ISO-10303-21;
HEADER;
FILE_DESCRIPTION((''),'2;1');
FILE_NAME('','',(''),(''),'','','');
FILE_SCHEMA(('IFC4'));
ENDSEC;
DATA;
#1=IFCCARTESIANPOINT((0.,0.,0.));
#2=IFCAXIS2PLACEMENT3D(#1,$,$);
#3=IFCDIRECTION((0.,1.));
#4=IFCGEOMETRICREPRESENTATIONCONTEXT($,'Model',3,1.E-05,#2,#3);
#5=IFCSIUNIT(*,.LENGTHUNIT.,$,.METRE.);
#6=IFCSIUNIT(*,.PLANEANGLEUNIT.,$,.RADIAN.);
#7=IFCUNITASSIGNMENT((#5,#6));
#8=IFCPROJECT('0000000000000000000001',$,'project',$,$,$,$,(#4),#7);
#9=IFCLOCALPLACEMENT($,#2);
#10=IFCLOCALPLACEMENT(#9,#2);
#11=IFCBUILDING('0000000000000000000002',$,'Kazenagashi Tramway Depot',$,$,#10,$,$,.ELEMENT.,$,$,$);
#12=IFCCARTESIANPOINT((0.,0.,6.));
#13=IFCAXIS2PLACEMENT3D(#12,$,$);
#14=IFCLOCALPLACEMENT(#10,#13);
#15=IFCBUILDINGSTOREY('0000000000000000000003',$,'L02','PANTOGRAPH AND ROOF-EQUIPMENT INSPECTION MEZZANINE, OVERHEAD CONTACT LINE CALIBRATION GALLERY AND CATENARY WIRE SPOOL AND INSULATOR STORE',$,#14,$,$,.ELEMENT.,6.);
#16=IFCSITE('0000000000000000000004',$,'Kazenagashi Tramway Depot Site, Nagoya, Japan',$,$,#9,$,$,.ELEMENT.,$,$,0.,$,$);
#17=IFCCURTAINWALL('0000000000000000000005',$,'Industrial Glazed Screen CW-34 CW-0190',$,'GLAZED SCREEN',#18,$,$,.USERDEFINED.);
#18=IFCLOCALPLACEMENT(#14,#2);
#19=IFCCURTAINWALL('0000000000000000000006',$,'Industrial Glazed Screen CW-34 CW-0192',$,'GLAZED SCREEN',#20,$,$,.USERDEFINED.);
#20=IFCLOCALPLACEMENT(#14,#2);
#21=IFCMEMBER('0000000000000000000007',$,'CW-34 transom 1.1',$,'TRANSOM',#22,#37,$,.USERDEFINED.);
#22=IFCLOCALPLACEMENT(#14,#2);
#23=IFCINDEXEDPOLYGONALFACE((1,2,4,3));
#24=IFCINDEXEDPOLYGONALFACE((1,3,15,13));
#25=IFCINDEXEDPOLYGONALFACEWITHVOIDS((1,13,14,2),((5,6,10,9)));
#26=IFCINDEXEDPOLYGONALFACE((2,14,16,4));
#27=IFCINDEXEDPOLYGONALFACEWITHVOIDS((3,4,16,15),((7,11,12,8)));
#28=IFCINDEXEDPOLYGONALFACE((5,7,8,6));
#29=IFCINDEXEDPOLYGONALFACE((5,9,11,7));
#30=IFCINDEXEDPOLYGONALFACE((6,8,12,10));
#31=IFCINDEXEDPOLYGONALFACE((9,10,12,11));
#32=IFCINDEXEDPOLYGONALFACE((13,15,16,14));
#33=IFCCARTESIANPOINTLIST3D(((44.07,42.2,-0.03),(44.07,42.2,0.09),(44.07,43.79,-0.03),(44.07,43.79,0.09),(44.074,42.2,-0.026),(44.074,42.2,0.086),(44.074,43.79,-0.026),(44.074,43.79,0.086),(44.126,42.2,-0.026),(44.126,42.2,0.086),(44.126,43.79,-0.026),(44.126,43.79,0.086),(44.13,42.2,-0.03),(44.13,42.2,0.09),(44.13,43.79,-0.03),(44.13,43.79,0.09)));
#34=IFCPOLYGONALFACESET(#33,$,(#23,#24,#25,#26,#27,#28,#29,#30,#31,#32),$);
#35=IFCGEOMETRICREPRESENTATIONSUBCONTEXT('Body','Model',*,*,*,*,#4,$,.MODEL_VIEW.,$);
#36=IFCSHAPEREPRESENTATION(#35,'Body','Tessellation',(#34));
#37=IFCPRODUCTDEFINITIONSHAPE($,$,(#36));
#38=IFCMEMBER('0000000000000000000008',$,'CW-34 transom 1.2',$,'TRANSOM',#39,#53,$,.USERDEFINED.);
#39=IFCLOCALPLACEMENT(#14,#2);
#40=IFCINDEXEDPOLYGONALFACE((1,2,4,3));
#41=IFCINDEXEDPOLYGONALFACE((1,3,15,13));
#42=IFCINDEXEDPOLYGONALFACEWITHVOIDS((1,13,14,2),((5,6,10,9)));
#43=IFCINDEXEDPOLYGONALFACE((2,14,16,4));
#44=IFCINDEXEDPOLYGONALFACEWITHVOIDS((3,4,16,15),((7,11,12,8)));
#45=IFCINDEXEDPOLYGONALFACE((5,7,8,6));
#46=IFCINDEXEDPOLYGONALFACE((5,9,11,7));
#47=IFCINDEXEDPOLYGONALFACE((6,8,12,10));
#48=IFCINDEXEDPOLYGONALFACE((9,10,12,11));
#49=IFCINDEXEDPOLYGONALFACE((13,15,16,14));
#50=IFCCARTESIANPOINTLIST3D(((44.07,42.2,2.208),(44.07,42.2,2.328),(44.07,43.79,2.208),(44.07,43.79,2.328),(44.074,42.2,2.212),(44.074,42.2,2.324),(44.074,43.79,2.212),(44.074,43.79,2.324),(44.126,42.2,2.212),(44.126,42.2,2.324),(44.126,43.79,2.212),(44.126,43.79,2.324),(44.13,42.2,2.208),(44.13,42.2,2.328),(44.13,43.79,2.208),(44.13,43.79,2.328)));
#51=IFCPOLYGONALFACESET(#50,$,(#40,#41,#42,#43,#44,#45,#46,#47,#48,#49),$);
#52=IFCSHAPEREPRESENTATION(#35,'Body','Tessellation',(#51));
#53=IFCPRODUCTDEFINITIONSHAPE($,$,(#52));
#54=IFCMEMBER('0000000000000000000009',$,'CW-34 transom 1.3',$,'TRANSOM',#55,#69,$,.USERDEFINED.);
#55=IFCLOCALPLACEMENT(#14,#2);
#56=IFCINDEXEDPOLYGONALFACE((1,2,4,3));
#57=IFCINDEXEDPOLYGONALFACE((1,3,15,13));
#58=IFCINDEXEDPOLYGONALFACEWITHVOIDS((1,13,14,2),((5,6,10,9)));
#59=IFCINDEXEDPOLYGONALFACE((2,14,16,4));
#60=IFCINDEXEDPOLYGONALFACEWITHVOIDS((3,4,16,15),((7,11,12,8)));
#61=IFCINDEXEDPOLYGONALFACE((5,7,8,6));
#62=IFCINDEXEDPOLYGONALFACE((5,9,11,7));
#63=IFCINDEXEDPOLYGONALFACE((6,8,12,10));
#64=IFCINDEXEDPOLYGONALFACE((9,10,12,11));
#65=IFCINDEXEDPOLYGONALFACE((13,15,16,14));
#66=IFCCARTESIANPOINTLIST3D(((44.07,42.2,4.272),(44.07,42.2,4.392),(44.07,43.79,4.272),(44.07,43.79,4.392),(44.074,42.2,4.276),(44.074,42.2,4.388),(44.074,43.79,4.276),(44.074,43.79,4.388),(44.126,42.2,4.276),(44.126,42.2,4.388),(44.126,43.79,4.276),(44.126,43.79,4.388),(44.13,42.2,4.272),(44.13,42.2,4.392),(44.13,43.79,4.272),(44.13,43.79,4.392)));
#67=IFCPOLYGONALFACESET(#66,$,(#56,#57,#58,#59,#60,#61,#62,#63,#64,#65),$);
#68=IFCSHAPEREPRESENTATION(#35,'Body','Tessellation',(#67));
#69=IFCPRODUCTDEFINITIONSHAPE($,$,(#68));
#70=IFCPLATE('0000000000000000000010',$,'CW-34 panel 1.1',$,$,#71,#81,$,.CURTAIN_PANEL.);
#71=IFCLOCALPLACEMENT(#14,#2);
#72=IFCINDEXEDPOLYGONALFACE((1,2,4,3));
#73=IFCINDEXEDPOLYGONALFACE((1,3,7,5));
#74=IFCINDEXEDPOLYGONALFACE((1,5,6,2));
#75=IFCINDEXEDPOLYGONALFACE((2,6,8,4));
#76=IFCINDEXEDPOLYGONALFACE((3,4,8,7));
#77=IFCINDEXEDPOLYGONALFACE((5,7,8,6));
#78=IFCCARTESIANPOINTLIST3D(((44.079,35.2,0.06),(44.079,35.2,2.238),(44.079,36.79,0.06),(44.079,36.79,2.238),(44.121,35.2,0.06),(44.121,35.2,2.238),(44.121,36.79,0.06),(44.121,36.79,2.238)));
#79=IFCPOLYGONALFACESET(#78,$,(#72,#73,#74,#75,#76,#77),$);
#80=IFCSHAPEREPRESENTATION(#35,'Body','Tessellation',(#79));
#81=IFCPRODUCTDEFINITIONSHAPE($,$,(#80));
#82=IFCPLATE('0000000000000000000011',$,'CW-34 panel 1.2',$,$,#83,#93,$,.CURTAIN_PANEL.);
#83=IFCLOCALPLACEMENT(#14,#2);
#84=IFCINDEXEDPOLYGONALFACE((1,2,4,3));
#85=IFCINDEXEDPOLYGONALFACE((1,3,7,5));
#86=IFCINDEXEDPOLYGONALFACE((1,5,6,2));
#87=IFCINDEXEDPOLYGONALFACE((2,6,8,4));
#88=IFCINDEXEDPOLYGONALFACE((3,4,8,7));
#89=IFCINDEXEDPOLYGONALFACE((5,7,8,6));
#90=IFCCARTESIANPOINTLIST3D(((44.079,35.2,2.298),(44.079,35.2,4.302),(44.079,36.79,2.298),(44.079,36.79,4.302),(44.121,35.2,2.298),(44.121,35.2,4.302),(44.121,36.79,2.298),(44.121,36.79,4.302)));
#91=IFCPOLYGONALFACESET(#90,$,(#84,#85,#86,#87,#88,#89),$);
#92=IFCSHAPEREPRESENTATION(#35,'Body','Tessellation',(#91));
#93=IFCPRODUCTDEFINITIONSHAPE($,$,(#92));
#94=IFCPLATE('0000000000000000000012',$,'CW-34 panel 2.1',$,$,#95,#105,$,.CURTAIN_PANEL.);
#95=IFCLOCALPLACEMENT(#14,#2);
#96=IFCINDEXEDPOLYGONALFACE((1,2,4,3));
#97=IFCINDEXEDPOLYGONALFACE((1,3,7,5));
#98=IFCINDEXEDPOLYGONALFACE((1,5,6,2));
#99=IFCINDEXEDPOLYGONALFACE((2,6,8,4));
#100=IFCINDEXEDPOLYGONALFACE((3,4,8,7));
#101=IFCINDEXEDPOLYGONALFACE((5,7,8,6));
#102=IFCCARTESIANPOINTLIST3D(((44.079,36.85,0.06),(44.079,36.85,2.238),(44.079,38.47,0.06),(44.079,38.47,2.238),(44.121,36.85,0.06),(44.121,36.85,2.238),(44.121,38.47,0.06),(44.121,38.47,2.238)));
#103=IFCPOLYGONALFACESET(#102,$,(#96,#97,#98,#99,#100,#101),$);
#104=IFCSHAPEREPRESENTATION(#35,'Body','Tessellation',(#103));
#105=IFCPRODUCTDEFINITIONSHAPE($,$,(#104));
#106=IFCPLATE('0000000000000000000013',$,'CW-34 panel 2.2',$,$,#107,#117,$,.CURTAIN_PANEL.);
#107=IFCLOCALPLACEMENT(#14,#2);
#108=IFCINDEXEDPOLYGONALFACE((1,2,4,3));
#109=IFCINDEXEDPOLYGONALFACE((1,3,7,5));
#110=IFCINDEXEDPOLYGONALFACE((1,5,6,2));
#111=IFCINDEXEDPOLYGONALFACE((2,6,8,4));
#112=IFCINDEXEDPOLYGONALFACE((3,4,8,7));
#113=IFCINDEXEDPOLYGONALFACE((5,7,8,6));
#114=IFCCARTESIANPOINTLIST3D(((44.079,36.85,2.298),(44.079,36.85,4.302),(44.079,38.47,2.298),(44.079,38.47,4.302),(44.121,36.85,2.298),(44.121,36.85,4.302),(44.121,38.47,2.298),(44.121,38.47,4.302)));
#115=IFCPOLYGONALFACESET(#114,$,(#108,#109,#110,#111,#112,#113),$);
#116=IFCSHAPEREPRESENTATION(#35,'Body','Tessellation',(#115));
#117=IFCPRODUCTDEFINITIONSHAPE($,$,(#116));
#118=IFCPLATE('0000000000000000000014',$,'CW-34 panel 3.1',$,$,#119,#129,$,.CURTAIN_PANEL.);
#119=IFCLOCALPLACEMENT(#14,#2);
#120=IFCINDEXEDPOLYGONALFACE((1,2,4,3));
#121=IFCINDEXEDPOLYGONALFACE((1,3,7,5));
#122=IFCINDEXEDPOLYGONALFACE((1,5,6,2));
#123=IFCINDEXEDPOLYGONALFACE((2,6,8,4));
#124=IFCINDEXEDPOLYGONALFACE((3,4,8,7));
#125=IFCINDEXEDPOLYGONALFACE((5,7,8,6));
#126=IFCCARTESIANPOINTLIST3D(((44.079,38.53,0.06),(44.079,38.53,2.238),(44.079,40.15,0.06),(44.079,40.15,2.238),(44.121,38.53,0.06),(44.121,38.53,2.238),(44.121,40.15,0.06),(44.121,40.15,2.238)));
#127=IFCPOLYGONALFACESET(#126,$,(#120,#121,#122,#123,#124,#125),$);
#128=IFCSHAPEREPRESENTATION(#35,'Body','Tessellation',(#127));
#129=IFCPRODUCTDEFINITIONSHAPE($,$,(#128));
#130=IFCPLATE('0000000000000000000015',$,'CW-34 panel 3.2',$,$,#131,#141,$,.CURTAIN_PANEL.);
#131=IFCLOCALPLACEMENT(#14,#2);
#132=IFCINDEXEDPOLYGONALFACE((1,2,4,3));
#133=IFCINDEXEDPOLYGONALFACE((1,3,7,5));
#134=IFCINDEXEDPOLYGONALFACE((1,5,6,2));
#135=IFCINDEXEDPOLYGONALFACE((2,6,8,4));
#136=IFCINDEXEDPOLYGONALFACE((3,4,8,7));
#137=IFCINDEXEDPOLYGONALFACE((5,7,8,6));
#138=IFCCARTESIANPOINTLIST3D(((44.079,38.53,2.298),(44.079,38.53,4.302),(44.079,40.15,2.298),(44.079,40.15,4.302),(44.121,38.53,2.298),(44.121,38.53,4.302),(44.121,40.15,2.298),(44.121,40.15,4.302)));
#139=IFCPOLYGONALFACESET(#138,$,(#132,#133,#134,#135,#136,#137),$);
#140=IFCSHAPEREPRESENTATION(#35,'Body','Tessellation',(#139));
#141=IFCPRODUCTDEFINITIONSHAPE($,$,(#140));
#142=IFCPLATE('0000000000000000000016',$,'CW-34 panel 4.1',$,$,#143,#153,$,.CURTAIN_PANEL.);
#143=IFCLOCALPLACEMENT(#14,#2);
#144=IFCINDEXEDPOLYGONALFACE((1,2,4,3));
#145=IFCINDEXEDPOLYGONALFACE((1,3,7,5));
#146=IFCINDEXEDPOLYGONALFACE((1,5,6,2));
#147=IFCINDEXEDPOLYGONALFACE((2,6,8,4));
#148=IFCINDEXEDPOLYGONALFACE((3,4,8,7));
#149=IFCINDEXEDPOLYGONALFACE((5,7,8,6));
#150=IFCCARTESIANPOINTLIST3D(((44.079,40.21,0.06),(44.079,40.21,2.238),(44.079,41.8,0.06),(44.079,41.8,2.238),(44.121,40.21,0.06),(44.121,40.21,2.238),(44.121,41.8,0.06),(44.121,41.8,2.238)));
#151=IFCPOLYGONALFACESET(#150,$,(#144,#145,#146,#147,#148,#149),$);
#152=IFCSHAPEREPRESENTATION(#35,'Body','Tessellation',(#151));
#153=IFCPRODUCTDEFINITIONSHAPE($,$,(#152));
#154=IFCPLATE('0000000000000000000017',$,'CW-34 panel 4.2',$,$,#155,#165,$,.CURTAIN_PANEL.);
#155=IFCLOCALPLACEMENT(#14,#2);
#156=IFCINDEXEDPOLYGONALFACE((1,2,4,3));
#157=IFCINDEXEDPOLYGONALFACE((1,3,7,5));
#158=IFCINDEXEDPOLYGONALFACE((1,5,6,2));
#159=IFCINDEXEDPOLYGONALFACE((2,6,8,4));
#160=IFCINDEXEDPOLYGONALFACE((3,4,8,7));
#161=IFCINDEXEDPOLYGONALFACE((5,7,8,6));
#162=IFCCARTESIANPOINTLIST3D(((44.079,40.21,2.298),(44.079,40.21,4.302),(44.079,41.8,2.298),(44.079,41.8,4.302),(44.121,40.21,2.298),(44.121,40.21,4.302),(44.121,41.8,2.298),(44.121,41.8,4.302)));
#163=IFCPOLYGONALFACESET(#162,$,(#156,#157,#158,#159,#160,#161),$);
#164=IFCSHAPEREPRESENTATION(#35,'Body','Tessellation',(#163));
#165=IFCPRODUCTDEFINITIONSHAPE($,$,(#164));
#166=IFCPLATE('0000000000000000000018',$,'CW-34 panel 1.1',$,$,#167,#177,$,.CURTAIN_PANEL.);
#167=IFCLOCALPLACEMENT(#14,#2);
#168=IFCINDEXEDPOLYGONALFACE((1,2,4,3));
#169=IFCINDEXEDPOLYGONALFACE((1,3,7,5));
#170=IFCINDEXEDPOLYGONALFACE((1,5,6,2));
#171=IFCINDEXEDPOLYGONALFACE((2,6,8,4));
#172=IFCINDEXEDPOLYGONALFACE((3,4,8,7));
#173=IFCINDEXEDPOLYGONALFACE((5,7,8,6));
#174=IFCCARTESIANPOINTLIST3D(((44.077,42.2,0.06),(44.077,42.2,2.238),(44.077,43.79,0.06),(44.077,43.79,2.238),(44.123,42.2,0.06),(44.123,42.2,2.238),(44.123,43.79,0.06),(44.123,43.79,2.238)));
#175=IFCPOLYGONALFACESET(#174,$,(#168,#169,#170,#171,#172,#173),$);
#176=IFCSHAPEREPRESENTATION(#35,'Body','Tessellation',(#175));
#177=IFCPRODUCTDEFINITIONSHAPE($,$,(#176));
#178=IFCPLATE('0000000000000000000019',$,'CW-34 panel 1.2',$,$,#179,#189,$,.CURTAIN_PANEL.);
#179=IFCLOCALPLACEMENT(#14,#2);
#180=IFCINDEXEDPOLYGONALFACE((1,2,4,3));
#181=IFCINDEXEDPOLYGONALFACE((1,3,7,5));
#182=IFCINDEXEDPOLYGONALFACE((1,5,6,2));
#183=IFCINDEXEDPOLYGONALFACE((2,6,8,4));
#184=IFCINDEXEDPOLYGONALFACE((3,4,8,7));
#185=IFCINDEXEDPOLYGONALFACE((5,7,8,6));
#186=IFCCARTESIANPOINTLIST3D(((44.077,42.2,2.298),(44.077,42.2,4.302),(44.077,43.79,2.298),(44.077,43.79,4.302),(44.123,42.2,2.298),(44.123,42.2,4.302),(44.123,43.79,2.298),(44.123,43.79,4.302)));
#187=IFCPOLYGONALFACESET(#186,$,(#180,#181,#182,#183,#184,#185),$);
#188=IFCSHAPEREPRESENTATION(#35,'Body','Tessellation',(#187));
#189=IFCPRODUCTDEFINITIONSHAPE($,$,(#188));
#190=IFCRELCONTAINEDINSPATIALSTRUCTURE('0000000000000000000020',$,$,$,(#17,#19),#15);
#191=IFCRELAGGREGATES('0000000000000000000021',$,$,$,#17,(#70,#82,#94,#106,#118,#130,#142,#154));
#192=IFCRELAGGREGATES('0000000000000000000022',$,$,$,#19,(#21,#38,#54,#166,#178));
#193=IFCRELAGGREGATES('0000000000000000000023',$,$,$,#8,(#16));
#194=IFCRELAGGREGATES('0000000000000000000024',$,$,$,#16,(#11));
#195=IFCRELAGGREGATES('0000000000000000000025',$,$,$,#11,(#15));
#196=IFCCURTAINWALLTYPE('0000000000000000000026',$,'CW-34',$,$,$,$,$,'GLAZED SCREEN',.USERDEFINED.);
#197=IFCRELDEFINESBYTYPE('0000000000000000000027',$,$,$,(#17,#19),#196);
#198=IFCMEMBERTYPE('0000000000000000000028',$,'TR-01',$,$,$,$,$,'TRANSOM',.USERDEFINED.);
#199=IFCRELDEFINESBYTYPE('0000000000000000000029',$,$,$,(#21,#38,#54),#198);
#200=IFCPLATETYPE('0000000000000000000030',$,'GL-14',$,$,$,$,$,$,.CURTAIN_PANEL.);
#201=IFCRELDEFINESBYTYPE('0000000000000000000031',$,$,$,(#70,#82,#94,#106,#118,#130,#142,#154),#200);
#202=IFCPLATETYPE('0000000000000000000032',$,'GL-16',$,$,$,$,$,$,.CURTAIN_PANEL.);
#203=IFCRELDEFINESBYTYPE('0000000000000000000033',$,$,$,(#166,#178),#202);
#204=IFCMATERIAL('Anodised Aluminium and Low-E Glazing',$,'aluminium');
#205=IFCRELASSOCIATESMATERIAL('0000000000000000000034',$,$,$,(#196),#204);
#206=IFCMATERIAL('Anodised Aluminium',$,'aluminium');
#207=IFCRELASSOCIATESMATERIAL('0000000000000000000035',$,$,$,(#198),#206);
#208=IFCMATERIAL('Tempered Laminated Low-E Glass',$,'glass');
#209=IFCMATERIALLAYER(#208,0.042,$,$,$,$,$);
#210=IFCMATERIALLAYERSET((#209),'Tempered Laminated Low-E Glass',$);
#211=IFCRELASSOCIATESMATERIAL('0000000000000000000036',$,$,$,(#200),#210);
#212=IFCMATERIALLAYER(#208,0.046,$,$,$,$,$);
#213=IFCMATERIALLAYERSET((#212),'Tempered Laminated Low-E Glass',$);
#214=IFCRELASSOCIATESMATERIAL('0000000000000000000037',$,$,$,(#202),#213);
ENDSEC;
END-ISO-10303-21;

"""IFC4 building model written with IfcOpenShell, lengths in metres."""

from ifc_helpers import new_model, si_unit, direction, frame, origin, origin_2d, place, context, subcontext, project, spatial, rectangle, hollow_rectangle, extrude, material, layer, layer_set, material_profile, profile_set, type_object, element, aggregate, save


model = new_model("IFC4")

# Units and contexts
model_context = context("Model", 3, precision=1e-05, world=origin(), true_north=direction((0.0, 1.0)))
body_context = subcontext(model_context, "Body", "Model", "MODEL_VIEW")
ifc_project = project(units=[si_unit("LENGTHUNIT", "METRE"), si_unit("PLANEANGLEUNIT", "RADIAN")], contexts=[model_context])

# Site, building, storey
site_placement = place(None, origin())
site = spatial("IfcSite", under=ifc_project, at=site_placement, Name="Kazenagashi Tramway Depot Site, Nagoya, Japan", CompositionType="ELEMENT", RefElevation=0.0)
building_placement = place(site_placement, origin())
building = spatial("IfcBuilding", under=site, at=building_placement, Name="Kazenagashi Tramway Depot", CompositionType="ELEMENT")
storey_placement = place(building_placement, frame((0.0, 0.0, 6.0)))
storey = spatial("IfcBuildingStorey", under=building, at=storey_placement, Name="L02", Description="PANTOGRAPH AND ROOF-EQUIPMENT INSPECTION MEZZANINE, OVERHEAD CONTACT LINE CALIBRATION GALLERY AND CATENARY WIRE SPOOL AND INSULATOR STORE", CompositionType="ELEMENT", Elevation=6.0)

# Curtain wall
ifc_material_1 = material(Name="Anodised Aluminium and Low-E Glazing", Category="aluminium")
curtain_wall_type = type_object("IfcCurtainWallType", Name="CW-34", ElementType="GLAZED SCREEN", PredefinedType="USERDEFINED", material=ifc_material_1)
curtain_wall_1_placement = place(storey_placement, origin())
curtain_wall_1 = element("IfcCurtainWall", 1, at=curtain_wall_1_placement, inside=storey, type_object=curtain_wall_type, Name="Industrial Glazed Screen CW-34 CW-0190", ObjectType="GLAZED SCREEN", PredefinedType="USERDEFINED")
ifc_material_2 = material(Name="Anodised Aluminium", Category="aluminium")

# Curtain wall
curtain_wall_2_placement = place(storey_placement, origin())
curtain_wall_2 = element("IfcCurtainWall", 2, at=curtain_wall_2_placement, inside=storey, type_object=curtain_wall_type, Name="Industrial Glazed Screen CW-34 CW-0192", ObjectType="GLAZED SCREEN", PredefinedType="USERDEFINED")

# Members
ifc_material_profile_1 = material_profile(ifc_material_2, hollow_rectangle(XDim=0.06, YDim=0.12, WallThickness=0.004, at=origin_2d()), Name="RHS-120x60x4")
ifc_profile_set_1 = profile_set([ifc_material_profile_1], Name="Anodised Aluminium")
member_type_1 = type_object("IfcMemberType", Name="TR-01", ElementType="TRANSOM", PredefinedType="USERDEFINED", material=ifc_profile_set_1)
member_1_placement = place(storey_placement, frame((44.1, 42.2, 0.03), z_axis=(0.0, 1.0, 0.0), x_axis=(-1.0, 0.0, 0.0)))
member_1 = element("IfcMember", 3, at=member_1_placement, type_object=member_type_1, Name="CW-34 transom 1.1", ObjectType="TRANSOM", PredefinedType="USERDEFINED", context=body_context, shape_type="SweptSolid", body=[
    extrude(hollow_rectangle(XDim=0.06, YDim=0.12, WallThickness=0.004, at=origin_2d()), origin(), (0.0, 0.0, 1.0), 1.59),
])
member_2_placement = place(storey_placement, frame((44.1, 42.2, 2.268), z_axis=(0.0, 1.0, 0.0), x_axis=(-1.0, 0.0, 0.0)))
member_2 = element("IfcMember", 4, at=member_2_placement, type_object=member_type_1, Name="CW-34 transom 1.2", ObjectType="TRANSOM", PredefinedType="USERDEFINED", context=body_context, shape_type="SweptSolid", body=[
    extrude(hollow_rectangle(XDim=0.06, YDim=0.12, WallThickness=0.004, at=origin_2d()), origin(), (0.0, 0.0, 1.0), 1.59),
])
member_3_placement = place(storey_placement, frame((44.1, 42.2, 4.332), z_axis=(0.0, 1.0, 0.0), x_axis=(-1.0, 0.0, 0.0)))
member_3 = element("IfcMember", 5, at=member_3_placement, type_object=member_type_1, Name="CW-34 transom 1.3", ObjectType="TRANSOM", PredefinedType="USERDEFINED", context=body_context, shape_type="SweptSolid", body=[
    extrude(hollow_rectangle(XDim=0.06, YDim=0.12, WallThickness=0.004, at=origin_2d()), origin(), (0.0, 0.0, 1.0), 1.59),
])

# Plates
ifc_material_3 = material(Name="Tempered Laminated Low-E Glass", Category="glass")
ifc_layer_1 = layer(ifc_material_3, 0.042)
ifc_layer_set_1 = layer_set([ifc_layer_1], Name="Tempered Laminated Low-E Glass")
plate_type_1 = type_object("IfcPlateType", Name="GL-14", PredefinedType="CURTAIN_PANEL", material=ifc_layer_set_1)
plate_1_placement = place(storey_placement, frame((44.1, 35.995, 0.06), z_axis=(0.0, 0.0, 1.0), x_axis=(0.0, 1.0, 0.0)))
plate_1 = element("IfcPlate", 6, at=plate_1_placement, type_object=plate_type_1, Name="CW-34 panel 1.1", PredefinedType="CURTAIN_PANEL", context=body_context, shape_type="SweptSolid", body=[
    extrude(rectangle(XDim=1.59, YDim=0.042, at=origin_2d()), origin(), (0.0, 0.0, 1.0), 2.178),
])
plate_2_placement = place(storey_placement, frame((44.1, 35.995, 2.298), z_axis=(0.0, 0.0, 1.0), x_axis=(0.0, 1.0, 0.0)))
plate_2 = element("IfcPlate", 7, at=plate_2_placement, type_object=plate_type_1, Name="CW-34 panel 1.2", PredefinedType="CURTAIN_PANEL", context=body_context, shape_type="SweptSolid", body=[
    extrude(rectangle(XDim=1.59, YDim=0.042, at=origin_2d()), origin(), (0.0, 0.0, 1.0), 2.004),
])
plate_3_placement = place(storey_placement, frame((44.1, 37.66, 0.06), z_axis=(0.0, 0.0, 1.0), x_axis=(0.0, 1.0, 0.0)))
plate_3 = element("IfcPlate", 8, at=plate_3_placement, type_object=plate_type_1, Name="CW-34 panel 2.1", PredefinedType="CURTAIN_PANEL", context=body_context, shape_type="SweptSolid", body=[
    extrude(rectangle(XDim=1.62, YDim=0.042, at=origin_2d()), origin(), (0.0, 0.0, 1.0), 2.178),
])
plate_4_placement = place(storey_placement, frame((44.1, 37.66, 2.298), z_axis=(0.0, 0.0, 1.0), x_axis=(0.0, 1.0, 0.0)))
plate_4 = element("IfcPlate", 9, at=plate_4_placement, type_object=plate_type_1, Name="CW-34 panel 2.2", PredefinedType="CURTAIN_PANEL", context=body_context, shape_type="SweptSolid", body=[
    extrude(rectangle(XDim=1.62, YDim=0.042, at=origin_2d()), origin(), (0.0, 0.0, 1.0), 2.004),
])
plate_5_placement = place(storey_placement, frame((44.1, 39.34, 0.06), z_axis=(0.0, 0.0, 1.0), x_axis=(0.0, 1.0, 0.0)))
plate_5 = element("IfcPlate", 10, at=plate_5_placement, type_object=plate_type_1, Name="CW-34 panel 3.1", PredefinedType="CURTAIN_PANEL", context=body_context, shape_type="SweptSolid", body=[
    extrude(rectangle(XDim=1.62, YDim=0.042, at=origin_2d()), origin(), (0.0, 0.0, 1.0), 2.178),
])
plate_6_placement = place(storey_placement, frame((44.1, 39.34, 2.298), z_axis=(0.0, 0.0, 1.0), x_axis=(0.0, 1.0, 0.0)))
plate_6 = element("IfcPlate", 11, at=plate_6_placement, type_object=plate_type_1, Name="CW-34 panel 3.2", PredefinedType="CURTAIN_PANEL", context=body_context, shape_type="SweptSolid", body=[
    extrude(rectangle(XDim=1.62, YDim=0.042, at=origin_2d()), origin(), (0.0, 0.0, 1.0), 2.004),
])
plate_7_placement = place(storey_placement, frame((44.1, 41.005, 0.06), z_axis=(0.0, 0.0, 1.0), x_axis=(0.0, 1.0, 0.0)))
plate_7 = element("IfcPlate", 12, at=plate_7_placement, type_object=plate_type_1, Name="CW-34 panel 4.1", PredefinedType="CURTAIN_PANEL", context=body_context, shape_type="SweptSolid", body=[
    extrude(rectangle(XDim=1.59, YDim=0.042, at=origin_2d()), origin(), (0.0, 0.0, 1.0), 2.178),
])
plate_8_placement = place(storey_placement, frame((44.1, 41.005, 2.298), z_axis=(0.0, 0.0, 1.0), x_axis=(0.0, 1.0, 0.0)))
plate_8 = element("IfcPlate", 13, at=plate_8_placement, type_object=plate_type_1, Name="CW-34 panel 4.2", PredefinedType="CURTAIN_PANEL", context=body_context, shape_type="SweptSolid", body=[
    extrude(rectangle(XDim=1.59, YDim=0.042, at=origin_2d()), origin(), (0.0, 0.0, 1.0), 2.004),
])
aggregate(curtain_wall_1, [plate_1, plate_2, plate_3, plate_4, plate_5, plate_6, plate_7, plate_8])
ifc_layer_2 = layer(ifc_material_3, 0.046)
ifc_layer_set_2 = layer_set([ifc_layer_2], Name="Tempered Laminated Low-E Glass")
plate_type_2 = type_object("IfcPlateType", Name="GL-16", PredefinedType="CURTAIN_PANEL", material=ifc_layer_set_2)
plate_9_placement = place(storey_placement, frame((44.1, 42.995, 0.06), z_axis=(0.0, 0.0, 1.0), x_axis=(0.0, 1.0, 0.0)))
plate_9 = element("IfcPlate", 14, at=plate_9_placement, type_object=plate_type_2, Name="CW-34 panel 1.1", PredefinedType="CURTAIN_PANEL", context=body_context, shape_type="SweptSolid", body=[
    extrude(rectangle(XDim=1.59, YDim=0.046, at=origin_2d()), origin(), (0.0, 0.0, 1.0), 2.178),
])
plate_10_placement = place(storey_placement, frame((44.1, 42.995, 2.298), z_axis=(0.0, 0.0, 1.0), x_axis=(0.0, 1.0, 0.0)))
plate_10 = element("IfcPlate", 15, at=plate_10_placement, type_object=plate_type_2, Name="CW-34 panel 1.2", PredefinedType="CURTAIN_PANEL", context=body_context, shape_type="SweptSolid", body=[
    extrude(rectangle(XDim=1.59, YDim=0.046, at=origin_2d()), origin(), (0.0, 0.0, 1.0), 2.004),
])
aggregate(curtain_wall_2, [member_1, member_2, member_3, plate_9, plate_10])

save(model, "model.ifc")
